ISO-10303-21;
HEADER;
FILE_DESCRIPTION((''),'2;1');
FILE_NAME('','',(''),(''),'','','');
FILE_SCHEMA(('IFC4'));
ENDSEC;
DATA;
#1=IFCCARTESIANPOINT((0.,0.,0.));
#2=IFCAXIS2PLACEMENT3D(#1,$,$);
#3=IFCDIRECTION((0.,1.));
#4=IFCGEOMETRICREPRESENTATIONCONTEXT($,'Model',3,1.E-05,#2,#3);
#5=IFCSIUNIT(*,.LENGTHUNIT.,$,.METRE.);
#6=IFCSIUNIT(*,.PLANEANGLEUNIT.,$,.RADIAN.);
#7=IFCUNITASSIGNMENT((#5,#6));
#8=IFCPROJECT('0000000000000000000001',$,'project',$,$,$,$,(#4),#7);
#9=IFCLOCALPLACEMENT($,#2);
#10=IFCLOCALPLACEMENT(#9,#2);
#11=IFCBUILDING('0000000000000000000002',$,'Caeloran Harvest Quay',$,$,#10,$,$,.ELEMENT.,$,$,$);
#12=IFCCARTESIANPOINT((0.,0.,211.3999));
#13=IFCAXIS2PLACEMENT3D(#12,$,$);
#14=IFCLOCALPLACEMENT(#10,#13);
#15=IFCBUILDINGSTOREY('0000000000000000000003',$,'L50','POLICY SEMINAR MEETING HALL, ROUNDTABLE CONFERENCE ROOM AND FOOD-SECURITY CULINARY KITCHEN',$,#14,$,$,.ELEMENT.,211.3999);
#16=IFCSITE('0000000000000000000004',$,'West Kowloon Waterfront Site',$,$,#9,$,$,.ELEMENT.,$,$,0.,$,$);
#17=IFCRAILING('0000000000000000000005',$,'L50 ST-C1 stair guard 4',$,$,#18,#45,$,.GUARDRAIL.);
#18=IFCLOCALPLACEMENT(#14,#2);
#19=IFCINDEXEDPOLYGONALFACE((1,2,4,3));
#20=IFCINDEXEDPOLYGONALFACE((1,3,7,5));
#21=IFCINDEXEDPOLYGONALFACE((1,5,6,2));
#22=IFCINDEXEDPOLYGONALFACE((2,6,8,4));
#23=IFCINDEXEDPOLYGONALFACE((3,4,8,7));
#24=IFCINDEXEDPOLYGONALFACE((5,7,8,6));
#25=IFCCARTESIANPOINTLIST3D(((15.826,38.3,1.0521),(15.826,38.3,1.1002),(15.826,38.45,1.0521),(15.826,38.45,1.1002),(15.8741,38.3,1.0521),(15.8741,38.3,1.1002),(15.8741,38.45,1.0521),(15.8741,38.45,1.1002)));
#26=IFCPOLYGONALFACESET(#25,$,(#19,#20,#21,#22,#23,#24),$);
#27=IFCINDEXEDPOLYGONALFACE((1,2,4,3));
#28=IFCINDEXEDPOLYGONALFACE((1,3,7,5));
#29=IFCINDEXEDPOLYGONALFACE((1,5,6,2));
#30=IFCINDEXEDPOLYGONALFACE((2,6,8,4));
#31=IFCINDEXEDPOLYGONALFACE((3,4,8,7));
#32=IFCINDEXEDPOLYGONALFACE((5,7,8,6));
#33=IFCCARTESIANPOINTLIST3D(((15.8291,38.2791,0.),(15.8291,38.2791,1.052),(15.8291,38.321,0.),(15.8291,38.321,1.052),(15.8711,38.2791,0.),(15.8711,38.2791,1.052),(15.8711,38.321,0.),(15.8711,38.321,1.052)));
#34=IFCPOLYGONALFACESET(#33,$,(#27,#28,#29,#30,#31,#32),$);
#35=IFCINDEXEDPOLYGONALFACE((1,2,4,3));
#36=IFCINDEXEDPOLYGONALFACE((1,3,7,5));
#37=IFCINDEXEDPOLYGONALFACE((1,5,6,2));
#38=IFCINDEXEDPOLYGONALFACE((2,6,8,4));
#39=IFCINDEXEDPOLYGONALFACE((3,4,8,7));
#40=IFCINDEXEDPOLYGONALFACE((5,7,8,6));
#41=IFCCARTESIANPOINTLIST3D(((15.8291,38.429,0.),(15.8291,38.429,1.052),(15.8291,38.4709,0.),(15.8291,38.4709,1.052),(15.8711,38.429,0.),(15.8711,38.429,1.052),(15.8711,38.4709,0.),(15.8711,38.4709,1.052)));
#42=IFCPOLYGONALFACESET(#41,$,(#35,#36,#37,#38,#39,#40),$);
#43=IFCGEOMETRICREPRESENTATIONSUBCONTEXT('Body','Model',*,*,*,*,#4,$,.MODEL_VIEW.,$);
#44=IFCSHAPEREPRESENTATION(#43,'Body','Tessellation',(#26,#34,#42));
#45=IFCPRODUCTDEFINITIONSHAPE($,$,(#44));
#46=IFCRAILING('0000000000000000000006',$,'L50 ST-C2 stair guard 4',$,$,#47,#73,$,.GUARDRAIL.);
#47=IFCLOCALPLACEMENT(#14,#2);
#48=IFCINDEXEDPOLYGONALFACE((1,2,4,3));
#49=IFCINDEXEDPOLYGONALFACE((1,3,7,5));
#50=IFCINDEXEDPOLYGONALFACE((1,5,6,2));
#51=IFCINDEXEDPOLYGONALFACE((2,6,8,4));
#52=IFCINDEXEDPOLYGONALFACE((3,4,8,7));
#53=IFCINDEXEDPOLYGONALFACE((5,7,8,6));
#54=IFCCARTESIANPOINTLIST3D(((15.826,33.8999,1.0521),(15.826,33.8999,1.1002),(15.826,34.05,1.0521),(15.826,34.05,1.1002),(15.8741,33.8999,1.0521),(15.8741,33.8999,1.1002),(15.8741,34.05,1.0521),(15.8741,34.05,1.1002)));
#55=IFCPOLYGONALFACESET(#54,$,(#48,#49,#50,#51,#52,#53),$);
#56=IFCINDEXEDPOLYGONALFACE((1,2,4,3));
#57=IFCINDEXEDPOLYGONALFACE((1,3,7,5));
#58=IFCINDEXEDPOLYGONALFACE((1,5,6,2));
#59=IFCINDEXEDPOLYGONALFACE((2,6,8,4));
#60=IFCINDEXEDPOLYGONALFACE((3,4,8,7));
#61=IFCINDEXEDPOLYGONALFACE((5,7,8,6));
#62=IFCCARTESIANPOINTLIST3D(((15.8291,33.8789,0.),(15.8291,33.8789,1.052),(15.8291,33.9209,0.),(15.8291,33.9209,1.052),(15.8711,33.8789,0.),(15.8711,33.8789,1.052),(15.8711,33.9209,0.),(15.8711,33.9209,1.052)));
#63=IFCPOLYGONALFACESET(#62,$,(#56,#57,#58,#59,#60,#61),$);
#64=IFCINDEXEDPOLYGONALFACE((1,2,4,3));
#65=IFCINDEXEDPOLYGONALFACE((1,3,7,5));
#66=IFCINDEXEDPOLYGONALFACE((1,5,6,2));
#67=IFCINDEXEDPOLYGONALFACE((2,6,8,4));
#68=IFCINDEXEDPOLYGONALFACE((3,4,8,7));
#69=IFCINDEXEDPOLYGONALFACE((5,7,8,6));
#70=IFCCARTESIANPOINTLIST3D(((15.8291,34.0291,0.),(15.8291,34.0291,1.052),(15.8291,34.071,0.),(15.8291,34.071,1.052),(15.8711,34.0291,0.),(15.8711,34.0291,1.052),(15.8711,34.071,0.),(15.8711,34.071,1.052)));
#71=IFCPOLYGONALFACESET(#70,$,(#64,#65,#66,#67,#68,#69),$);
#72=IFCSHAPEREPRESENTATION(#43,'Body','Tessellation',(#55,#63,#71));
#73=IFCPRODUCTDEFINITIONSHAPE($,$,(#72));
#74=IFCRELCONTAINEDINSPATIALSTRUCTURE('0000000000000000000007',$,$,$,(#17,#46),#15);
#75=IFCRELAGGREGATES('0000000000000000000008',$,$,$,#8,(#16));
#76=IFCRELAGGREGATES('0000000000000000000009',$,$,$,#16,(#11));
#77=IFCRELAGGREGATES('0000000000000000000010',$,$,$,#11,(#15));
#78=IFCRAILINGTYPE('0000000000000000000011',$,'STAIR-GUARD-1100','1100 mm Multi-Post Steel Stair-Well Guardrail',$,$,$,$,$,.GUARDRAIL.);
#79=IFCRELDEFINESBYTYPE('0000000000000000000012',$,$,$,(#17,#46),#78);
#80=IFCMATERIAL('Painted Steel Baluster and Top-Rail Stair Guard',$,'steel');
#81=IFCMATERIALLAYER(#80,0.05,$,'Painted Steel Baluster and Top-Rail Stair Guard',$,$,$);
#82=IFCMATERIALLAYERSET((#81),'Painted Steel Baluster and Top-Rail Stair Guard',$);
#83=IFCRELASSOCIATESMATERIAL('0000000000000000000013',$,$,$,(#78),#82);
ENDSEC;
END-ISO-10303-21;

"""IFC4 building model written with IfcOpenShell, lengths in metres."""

from ifc_helpers import new_model, si_unit, direction, frame, origin, origin_2d, place, context, subcontext, project, spatial, rectangle, extrude, material, layer, layer_set, type_object, element, save


model = new_model("IFC4")

# Units and contexts
model_context = context("Model", 3, precision=1e-05, world=origin(), true_north=direction((0.0, 1.0)))
body_context = subcontext(model_context, "Body", "Model", "MODEL_VIEW")
ifc_project = project(units=[si_unit("LENGTHUNIT", "METRE"), si_unit("PLANEANGLEUNIT", "RADIAN")], contexts=[model_context])

# Site, building, storey
site_placement = place(None, origin())
site = spatial("IfcSite", under=ifc_project, at=site_placement, Name="West Kowloon Waterfront Site", CompositionType="ELEMENT", RefElevation=0.0)
building_placement = place(site_placement, origin())
building = spatial("IfcBuilding", under=site, at=building_placement, Name="Caeloran Harvest Quay", CompositionType="ELEMENT")
storey_placement = place(building_placement, frame((0.0, 0.0, 211.3999)))
storey = spatial("IfcBuildingStorey", under=building, at=storey_placement, Name="L50", Description="POLICY SEMINAR MEETING HALL, ROUNDTABLE CONFERENCE ROOM AND FOOD-SECURITY CULINARY KITCHEN", CompositionType="ELEMENT", Elevation=211.3999)

# Railings
ifc_material_1 = material(Name="Painted Steel Baluster and Top-Rail Stair Guard", Category="steel")
ifc_layer_1 = layer(ifc_material_1, 0.05, Name="Painted Steel Baluster and Top-Rail Stair Guard")
ifc_layer_set_1 = layer_set([ifc_layer_1], Name="Painted Steel Baluster and Top-Rail Stair Guard")
railing_type = type_object("IfcRailingType", Name="STAIR-GUARD-1100", Description="1100 mm Multi-Post Steel Stair-Well Guardrail", PredefinedType="GUARDRAIL", material=ifc_layer_set_1)
railing_1_placement = place(storey_placement, frame((15.8501, 38.3, 0.0)))
element("IfcRailing", 1, at=railing_1_placement, inside=storey, type_object=railing_type, Name="L50 ST-C1 stair guard 4", PredefinedType="GUARDRAIL", context=body_context, shape_type="SweptSolid", body=[
    extrude(rectangle(XDim=0.0481, YDim=0.0481, at=origin_2d()), frame((0.0, 0.0, 1.0762), z_axis=(0.0, 1.0, 0.0), x_axis=(-1.0, 0.0, 0.0)), (0.0, 0.0, 1.0), 0.1499),
    extrude(rectangle(XDim=0.042, YDim=0.042, at=origin_2d()), origin(), (0.0, 0.0, 1.0), 1.052),
    extrude(rectangle(XDim=0.042, YDim=0.042, at=origin_2d()), frame((0.0, 0.1499, 0.0)), (0.0, 0.0, 1.0), 1.052),
])
railing_2_placement = place(storey_placement, frame((15.8501, 33.8999, 0.0)))
element("IfcRailing", 2, at=railing_2_placement, inside=storey, type_object=railing_type, Name="L50 ST-C2 stair guard 4", PredefinedType="GUARDRAIL", context=body_context, shape_type="SweptSolid", body=[
    extrude(rectangle(XDim=0.0481, YDim=0.0481, at=origin_2d()), frame((0.0, 0.0, 1.0762), z_axis=(0.0, 1.0, 0.0), x_axis=(-1.0, 0.0, 0.0)), (0.0, 0.0, 1.0), 0.1501),
    extrude(rectangle(XDim=0.042, YDim=0.042, at=origin_2d()), origin(), (0.0, 0.0, 1.0), 1.052),
    extrude(rectangle(XDim=0.042, YDim=0.042, at=origin_2d()), frame((0.0, 0.1501, 0.0)), (0.0, 0.0, 1.0), 1.052),
])

save(model, "model.ifc")
